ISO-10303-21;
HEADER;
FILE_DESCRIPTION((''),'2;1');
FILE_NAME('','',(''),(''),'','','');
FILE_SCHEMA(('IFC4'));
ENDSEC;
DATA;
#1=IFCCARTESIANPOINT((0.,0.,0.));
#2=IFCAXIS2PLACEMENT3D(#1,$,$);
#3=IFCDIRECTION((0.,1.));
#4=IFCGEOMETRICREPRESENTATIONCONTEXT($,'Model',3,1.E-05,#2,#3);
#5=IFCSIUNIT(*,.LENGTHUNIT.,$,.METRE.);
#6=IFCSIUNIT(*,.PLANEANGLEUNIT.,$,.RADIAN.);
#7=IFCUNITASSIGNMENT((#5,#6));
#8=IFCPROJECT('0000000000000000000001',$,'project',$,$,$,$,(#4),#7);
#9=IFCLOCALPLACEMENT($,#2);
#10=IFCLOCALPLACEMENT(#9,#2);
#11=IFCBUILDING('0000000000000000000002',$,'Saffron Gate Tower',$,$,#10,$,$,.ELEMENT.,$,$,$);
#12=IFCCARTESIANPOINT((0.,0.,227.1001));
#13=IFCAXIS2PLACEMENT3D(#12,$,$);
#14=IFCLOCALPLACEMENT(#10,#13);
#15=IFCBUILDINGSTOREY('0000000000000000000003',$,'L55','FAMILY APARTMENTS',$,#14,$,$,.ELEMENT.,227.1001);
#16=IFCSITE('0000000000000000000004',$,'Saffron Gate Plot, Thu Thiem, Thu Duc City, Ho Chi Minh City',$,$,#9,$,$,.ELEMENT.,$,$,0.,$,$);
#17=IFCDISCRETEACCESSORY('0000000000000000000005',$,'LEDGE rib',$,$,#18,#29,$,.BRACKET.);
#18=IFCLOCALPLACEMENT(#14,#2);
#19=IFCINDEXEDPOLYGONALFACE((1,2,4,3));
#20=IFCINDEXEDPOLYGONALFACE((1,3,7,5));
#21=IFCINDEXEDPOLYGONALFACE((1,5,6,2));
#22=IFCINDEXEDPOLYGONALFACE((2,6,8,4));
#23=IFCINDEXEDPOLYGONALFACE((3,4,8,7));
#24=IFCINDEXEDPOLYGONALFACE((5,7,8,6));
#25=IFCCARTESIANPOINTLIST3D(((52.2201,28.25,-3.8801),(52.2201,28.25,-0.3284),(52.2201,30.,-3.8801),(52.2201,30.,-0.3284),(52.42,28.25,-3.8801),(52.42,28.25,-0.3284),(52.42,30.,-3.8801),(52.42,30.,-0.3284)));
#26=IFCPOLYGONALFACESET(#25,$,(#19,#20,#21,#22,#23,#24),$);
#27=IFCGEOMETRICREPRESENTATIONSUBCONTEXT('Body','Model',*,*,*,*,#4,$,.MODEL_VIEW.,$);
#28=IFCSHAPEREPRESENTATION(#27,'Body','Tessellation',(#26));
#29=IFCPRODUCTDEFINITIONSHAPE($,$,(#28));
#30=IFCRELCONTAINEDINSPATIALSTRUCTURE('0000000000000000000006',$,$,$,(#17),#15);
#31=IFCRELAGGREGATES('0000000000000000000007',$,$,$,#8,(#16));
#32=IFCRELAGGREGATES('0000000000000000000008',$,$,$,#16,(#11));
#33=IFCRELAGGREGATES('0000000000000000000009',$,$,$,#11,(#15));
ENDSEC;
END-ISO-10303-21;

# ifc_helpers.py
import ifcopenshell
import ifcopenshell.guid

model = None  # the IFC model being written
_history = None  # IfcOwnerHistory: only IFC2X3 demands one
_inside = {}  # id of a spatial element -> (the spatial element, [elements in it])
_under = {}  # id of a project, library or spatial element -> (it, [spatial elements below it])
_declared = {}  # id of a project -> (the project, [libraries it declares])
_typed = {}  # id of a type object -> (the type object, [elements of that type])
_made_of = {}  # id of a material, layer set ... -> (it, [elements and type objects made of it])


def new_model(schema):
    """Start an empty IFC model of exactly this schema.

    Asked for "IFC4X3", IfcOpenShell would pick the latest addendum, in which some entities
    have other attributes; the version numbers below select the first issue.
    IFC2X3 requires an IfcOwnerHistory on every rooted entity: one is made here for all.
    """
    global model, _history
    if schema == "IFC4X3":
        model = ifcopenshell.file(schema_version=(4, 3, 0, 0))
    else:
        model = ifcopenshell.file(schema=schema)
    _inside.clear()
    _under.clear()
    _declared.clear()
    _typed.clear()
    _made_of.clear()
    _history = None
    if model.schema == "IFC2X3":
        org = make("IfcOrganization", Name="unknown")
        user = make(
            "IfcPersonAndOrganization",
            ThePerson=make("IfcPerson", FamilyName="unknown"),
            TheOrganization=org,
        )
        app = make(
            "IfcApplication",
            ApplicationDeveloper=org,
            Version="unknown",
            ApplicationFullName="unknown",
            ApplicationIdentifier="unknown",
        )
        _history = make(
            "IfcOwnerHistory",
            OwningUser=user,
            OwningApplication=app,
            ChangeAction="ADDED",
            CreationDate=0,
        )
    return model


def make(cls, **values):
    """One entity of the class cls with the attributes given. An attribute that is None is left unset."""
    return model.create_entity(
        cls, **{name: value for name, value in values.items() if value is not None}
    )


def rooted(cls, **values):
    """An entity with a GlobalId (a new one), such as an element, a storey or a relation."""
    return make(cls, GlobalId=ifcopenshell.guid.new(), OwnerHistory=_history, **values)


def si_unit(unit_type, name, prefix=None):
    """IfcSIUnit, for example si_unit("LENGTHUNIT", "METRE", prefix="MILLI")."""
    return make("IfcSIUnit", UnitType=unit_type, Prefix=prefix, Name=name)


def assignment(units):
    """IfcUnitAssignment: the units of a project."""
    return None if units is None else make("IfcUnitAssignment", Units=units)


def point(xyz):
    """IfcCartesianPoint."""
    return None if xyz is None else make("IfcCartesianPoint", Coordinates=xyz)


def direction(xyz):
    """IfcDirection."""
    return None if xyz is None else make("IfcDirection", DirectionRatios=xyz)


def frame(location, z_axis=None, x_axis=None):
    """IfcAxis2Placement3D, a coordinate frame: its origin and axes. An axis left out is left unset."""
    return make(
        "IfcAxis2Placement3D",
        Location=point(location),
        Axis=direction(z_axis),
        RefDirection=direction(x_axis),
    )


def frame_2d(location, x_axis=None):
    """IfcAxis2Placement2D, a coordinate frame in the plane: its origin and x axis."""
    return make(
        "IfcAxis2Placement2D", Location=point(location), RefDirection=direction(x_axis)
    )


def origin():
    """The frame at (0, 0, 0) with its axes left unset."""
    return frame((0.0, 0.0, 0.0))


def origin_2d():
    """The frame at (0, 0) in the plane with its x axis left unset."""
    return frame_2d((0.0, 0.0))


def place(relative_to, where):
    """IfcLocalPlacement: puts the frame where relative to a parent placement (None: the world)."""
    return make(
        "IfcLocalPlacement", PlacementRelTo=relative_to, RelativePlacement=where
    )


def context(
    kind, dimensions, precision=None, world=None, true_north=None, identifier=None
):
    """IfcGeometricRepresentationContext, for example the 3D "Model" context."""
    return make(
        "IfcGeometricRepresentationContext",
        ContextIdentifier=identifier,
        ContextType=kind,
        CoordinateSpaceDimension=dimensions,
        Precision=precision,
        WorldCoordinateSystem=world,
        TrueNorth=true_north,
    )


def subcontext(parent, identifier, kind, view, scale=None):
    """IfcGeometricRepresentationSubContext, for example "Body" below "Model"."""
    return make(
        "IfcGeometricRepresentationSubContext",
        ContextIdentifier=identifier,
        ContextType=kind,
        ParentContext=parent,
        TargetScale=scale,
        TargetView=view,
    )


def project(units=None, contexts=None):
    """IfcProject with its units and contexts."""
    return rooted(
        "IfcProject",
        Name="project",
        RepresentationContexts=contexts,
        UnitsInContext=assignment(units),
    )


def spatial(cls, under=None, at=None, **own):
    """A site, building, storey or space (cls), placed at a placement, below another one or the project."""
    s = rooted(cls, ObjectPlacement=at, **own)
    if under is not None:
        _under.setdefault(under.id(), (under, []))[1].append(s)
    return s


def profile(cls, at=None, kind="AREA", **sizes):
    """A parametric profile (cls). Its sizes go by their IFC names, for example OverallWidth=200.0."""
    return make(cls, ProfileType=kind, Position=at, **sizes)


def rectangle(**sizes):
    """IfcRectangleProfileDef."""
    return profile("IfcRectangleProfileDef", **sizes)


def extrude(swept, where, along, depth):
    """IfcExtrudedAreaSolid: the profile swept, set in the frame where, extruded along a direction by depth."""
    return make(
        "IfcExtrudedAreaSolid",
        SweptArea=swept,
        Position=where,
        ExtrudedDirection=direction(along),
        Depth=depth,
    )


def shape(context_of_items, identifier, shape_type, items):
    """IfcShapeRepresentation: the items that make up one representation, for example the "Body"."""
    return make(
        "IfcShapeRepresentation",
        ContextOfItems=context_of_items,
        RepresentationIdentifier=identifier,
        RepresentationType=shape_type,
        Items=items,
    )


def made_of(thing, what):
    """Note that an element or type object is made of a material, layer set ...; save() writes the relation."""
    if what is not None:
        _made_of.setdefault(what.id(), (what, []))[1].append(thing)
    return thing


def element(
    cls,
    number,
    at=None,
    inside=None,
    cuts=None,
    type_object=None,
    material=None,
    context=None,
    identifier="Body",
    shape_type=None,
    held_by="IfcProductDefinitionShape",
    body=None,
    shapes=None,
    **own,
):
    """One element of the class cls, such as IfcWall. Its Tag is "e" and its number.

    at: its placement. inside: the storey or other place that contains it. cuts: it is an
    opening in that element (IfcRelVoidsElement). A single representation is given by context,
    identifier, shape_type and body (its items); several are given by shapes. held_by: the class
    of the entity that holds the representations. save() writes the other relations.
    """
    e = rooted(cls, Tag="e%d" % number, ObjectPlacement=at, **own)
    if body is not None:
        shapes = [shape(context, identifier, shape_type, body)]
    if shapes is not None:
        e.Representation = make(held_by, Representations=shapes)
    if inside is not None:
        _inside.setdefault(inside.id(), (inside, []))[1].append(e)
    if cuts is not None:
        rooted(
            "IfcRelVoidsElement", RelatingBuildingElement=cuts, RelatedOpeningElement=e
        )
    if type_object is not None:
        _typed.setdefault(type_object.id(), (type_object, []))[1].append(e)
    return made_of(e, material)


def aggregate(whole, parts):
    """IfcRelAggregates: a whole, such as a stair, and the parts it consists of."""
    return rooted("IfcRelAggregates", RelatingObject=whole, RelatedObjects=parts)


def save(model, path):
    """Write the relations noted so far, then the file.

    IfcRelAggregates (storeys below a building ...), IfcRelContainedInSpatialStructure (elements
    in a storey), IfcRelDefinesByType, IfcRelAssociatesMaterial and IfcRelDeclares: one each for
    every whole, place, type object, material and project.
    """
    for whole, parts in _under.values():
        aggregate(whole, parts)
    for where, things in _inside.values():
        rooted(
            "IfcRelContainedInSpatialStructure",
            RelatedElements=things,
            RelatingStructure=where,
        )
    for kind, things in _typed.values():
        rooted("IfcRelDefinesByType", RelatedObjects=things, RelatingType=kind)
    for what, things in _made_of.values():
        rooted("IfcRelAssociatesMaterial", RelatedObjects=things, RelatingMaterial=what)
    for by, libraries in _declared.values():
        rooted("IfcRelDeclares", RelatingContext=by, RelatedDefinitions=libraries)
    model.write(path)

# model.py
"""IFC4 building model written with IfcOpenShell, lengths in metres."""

from ifc_helpers import new_model, si_unit, direction, frame, origin, origin_2d, place, context, subcontext, project, spatial, rectangle, extrude, element, save


model = new_model("IFC4")

# Units and contexts
model_context = context("Model", 3, precision=1e-05, world=origin(), true_north=direction((0.0, 1.0)))
body_context = subcontext(model_context, "Body", "Model", "MODEL_VIEW")
ifc_project = project(units=[si_unit("LENGTHUNIT", "METRE"), si_unit("PLANEANGLEUNIT", "RADIAN")], contexts=[model_context])

# Site, building, storey
site_placement = place(None, origin())
site = spatial("IfcSite", under=ifc_project, at=site_placement, Name="Saffron Gate Plot, Thu Thiem, Thu Duc City, Ho Chi Minh City", CompositionType="ELEMENT", RefElevation=0.0)
building_placement = place(site_placement, origin())
building = spatial("IfcBuilding", under=site, at=building_placement, Name="Saffron Gate Tower", CompositionType="ELEMENT")
storey_placement = place(building_placement, frame((0.0, 0.0, 227.1001)))
storey = spatial("IfcBuildingStorey", under=building, at=storey_placement, Name="L55", Description="FAMILY APARTMENTS", CompositionType="ELEMENT", Elevation=227.1001)

# Discrete accessory
discrete_accessory_1_placement = place(storey_placement, frame((52.3201, 29.125, -3.8801), z_axis=(0.0, 0.0, 1.0), x_axis=(1.0, 0.0, 0.0)))
element("IfcDiscreteAccessory", 1, at=discrete_accessory_1_placement, inside=storey, Name="LEDGE rib", PredefinedType="BRACKET", context=body_context, shape_type="SweptSolid", body=[
    extrude(rectangle(XDim=0.2, YDim=1.75, at=origin_2d()), origin(), (0.0, 0.0, 1.0), 3.5518),
])

save(model, "model.ifc")
